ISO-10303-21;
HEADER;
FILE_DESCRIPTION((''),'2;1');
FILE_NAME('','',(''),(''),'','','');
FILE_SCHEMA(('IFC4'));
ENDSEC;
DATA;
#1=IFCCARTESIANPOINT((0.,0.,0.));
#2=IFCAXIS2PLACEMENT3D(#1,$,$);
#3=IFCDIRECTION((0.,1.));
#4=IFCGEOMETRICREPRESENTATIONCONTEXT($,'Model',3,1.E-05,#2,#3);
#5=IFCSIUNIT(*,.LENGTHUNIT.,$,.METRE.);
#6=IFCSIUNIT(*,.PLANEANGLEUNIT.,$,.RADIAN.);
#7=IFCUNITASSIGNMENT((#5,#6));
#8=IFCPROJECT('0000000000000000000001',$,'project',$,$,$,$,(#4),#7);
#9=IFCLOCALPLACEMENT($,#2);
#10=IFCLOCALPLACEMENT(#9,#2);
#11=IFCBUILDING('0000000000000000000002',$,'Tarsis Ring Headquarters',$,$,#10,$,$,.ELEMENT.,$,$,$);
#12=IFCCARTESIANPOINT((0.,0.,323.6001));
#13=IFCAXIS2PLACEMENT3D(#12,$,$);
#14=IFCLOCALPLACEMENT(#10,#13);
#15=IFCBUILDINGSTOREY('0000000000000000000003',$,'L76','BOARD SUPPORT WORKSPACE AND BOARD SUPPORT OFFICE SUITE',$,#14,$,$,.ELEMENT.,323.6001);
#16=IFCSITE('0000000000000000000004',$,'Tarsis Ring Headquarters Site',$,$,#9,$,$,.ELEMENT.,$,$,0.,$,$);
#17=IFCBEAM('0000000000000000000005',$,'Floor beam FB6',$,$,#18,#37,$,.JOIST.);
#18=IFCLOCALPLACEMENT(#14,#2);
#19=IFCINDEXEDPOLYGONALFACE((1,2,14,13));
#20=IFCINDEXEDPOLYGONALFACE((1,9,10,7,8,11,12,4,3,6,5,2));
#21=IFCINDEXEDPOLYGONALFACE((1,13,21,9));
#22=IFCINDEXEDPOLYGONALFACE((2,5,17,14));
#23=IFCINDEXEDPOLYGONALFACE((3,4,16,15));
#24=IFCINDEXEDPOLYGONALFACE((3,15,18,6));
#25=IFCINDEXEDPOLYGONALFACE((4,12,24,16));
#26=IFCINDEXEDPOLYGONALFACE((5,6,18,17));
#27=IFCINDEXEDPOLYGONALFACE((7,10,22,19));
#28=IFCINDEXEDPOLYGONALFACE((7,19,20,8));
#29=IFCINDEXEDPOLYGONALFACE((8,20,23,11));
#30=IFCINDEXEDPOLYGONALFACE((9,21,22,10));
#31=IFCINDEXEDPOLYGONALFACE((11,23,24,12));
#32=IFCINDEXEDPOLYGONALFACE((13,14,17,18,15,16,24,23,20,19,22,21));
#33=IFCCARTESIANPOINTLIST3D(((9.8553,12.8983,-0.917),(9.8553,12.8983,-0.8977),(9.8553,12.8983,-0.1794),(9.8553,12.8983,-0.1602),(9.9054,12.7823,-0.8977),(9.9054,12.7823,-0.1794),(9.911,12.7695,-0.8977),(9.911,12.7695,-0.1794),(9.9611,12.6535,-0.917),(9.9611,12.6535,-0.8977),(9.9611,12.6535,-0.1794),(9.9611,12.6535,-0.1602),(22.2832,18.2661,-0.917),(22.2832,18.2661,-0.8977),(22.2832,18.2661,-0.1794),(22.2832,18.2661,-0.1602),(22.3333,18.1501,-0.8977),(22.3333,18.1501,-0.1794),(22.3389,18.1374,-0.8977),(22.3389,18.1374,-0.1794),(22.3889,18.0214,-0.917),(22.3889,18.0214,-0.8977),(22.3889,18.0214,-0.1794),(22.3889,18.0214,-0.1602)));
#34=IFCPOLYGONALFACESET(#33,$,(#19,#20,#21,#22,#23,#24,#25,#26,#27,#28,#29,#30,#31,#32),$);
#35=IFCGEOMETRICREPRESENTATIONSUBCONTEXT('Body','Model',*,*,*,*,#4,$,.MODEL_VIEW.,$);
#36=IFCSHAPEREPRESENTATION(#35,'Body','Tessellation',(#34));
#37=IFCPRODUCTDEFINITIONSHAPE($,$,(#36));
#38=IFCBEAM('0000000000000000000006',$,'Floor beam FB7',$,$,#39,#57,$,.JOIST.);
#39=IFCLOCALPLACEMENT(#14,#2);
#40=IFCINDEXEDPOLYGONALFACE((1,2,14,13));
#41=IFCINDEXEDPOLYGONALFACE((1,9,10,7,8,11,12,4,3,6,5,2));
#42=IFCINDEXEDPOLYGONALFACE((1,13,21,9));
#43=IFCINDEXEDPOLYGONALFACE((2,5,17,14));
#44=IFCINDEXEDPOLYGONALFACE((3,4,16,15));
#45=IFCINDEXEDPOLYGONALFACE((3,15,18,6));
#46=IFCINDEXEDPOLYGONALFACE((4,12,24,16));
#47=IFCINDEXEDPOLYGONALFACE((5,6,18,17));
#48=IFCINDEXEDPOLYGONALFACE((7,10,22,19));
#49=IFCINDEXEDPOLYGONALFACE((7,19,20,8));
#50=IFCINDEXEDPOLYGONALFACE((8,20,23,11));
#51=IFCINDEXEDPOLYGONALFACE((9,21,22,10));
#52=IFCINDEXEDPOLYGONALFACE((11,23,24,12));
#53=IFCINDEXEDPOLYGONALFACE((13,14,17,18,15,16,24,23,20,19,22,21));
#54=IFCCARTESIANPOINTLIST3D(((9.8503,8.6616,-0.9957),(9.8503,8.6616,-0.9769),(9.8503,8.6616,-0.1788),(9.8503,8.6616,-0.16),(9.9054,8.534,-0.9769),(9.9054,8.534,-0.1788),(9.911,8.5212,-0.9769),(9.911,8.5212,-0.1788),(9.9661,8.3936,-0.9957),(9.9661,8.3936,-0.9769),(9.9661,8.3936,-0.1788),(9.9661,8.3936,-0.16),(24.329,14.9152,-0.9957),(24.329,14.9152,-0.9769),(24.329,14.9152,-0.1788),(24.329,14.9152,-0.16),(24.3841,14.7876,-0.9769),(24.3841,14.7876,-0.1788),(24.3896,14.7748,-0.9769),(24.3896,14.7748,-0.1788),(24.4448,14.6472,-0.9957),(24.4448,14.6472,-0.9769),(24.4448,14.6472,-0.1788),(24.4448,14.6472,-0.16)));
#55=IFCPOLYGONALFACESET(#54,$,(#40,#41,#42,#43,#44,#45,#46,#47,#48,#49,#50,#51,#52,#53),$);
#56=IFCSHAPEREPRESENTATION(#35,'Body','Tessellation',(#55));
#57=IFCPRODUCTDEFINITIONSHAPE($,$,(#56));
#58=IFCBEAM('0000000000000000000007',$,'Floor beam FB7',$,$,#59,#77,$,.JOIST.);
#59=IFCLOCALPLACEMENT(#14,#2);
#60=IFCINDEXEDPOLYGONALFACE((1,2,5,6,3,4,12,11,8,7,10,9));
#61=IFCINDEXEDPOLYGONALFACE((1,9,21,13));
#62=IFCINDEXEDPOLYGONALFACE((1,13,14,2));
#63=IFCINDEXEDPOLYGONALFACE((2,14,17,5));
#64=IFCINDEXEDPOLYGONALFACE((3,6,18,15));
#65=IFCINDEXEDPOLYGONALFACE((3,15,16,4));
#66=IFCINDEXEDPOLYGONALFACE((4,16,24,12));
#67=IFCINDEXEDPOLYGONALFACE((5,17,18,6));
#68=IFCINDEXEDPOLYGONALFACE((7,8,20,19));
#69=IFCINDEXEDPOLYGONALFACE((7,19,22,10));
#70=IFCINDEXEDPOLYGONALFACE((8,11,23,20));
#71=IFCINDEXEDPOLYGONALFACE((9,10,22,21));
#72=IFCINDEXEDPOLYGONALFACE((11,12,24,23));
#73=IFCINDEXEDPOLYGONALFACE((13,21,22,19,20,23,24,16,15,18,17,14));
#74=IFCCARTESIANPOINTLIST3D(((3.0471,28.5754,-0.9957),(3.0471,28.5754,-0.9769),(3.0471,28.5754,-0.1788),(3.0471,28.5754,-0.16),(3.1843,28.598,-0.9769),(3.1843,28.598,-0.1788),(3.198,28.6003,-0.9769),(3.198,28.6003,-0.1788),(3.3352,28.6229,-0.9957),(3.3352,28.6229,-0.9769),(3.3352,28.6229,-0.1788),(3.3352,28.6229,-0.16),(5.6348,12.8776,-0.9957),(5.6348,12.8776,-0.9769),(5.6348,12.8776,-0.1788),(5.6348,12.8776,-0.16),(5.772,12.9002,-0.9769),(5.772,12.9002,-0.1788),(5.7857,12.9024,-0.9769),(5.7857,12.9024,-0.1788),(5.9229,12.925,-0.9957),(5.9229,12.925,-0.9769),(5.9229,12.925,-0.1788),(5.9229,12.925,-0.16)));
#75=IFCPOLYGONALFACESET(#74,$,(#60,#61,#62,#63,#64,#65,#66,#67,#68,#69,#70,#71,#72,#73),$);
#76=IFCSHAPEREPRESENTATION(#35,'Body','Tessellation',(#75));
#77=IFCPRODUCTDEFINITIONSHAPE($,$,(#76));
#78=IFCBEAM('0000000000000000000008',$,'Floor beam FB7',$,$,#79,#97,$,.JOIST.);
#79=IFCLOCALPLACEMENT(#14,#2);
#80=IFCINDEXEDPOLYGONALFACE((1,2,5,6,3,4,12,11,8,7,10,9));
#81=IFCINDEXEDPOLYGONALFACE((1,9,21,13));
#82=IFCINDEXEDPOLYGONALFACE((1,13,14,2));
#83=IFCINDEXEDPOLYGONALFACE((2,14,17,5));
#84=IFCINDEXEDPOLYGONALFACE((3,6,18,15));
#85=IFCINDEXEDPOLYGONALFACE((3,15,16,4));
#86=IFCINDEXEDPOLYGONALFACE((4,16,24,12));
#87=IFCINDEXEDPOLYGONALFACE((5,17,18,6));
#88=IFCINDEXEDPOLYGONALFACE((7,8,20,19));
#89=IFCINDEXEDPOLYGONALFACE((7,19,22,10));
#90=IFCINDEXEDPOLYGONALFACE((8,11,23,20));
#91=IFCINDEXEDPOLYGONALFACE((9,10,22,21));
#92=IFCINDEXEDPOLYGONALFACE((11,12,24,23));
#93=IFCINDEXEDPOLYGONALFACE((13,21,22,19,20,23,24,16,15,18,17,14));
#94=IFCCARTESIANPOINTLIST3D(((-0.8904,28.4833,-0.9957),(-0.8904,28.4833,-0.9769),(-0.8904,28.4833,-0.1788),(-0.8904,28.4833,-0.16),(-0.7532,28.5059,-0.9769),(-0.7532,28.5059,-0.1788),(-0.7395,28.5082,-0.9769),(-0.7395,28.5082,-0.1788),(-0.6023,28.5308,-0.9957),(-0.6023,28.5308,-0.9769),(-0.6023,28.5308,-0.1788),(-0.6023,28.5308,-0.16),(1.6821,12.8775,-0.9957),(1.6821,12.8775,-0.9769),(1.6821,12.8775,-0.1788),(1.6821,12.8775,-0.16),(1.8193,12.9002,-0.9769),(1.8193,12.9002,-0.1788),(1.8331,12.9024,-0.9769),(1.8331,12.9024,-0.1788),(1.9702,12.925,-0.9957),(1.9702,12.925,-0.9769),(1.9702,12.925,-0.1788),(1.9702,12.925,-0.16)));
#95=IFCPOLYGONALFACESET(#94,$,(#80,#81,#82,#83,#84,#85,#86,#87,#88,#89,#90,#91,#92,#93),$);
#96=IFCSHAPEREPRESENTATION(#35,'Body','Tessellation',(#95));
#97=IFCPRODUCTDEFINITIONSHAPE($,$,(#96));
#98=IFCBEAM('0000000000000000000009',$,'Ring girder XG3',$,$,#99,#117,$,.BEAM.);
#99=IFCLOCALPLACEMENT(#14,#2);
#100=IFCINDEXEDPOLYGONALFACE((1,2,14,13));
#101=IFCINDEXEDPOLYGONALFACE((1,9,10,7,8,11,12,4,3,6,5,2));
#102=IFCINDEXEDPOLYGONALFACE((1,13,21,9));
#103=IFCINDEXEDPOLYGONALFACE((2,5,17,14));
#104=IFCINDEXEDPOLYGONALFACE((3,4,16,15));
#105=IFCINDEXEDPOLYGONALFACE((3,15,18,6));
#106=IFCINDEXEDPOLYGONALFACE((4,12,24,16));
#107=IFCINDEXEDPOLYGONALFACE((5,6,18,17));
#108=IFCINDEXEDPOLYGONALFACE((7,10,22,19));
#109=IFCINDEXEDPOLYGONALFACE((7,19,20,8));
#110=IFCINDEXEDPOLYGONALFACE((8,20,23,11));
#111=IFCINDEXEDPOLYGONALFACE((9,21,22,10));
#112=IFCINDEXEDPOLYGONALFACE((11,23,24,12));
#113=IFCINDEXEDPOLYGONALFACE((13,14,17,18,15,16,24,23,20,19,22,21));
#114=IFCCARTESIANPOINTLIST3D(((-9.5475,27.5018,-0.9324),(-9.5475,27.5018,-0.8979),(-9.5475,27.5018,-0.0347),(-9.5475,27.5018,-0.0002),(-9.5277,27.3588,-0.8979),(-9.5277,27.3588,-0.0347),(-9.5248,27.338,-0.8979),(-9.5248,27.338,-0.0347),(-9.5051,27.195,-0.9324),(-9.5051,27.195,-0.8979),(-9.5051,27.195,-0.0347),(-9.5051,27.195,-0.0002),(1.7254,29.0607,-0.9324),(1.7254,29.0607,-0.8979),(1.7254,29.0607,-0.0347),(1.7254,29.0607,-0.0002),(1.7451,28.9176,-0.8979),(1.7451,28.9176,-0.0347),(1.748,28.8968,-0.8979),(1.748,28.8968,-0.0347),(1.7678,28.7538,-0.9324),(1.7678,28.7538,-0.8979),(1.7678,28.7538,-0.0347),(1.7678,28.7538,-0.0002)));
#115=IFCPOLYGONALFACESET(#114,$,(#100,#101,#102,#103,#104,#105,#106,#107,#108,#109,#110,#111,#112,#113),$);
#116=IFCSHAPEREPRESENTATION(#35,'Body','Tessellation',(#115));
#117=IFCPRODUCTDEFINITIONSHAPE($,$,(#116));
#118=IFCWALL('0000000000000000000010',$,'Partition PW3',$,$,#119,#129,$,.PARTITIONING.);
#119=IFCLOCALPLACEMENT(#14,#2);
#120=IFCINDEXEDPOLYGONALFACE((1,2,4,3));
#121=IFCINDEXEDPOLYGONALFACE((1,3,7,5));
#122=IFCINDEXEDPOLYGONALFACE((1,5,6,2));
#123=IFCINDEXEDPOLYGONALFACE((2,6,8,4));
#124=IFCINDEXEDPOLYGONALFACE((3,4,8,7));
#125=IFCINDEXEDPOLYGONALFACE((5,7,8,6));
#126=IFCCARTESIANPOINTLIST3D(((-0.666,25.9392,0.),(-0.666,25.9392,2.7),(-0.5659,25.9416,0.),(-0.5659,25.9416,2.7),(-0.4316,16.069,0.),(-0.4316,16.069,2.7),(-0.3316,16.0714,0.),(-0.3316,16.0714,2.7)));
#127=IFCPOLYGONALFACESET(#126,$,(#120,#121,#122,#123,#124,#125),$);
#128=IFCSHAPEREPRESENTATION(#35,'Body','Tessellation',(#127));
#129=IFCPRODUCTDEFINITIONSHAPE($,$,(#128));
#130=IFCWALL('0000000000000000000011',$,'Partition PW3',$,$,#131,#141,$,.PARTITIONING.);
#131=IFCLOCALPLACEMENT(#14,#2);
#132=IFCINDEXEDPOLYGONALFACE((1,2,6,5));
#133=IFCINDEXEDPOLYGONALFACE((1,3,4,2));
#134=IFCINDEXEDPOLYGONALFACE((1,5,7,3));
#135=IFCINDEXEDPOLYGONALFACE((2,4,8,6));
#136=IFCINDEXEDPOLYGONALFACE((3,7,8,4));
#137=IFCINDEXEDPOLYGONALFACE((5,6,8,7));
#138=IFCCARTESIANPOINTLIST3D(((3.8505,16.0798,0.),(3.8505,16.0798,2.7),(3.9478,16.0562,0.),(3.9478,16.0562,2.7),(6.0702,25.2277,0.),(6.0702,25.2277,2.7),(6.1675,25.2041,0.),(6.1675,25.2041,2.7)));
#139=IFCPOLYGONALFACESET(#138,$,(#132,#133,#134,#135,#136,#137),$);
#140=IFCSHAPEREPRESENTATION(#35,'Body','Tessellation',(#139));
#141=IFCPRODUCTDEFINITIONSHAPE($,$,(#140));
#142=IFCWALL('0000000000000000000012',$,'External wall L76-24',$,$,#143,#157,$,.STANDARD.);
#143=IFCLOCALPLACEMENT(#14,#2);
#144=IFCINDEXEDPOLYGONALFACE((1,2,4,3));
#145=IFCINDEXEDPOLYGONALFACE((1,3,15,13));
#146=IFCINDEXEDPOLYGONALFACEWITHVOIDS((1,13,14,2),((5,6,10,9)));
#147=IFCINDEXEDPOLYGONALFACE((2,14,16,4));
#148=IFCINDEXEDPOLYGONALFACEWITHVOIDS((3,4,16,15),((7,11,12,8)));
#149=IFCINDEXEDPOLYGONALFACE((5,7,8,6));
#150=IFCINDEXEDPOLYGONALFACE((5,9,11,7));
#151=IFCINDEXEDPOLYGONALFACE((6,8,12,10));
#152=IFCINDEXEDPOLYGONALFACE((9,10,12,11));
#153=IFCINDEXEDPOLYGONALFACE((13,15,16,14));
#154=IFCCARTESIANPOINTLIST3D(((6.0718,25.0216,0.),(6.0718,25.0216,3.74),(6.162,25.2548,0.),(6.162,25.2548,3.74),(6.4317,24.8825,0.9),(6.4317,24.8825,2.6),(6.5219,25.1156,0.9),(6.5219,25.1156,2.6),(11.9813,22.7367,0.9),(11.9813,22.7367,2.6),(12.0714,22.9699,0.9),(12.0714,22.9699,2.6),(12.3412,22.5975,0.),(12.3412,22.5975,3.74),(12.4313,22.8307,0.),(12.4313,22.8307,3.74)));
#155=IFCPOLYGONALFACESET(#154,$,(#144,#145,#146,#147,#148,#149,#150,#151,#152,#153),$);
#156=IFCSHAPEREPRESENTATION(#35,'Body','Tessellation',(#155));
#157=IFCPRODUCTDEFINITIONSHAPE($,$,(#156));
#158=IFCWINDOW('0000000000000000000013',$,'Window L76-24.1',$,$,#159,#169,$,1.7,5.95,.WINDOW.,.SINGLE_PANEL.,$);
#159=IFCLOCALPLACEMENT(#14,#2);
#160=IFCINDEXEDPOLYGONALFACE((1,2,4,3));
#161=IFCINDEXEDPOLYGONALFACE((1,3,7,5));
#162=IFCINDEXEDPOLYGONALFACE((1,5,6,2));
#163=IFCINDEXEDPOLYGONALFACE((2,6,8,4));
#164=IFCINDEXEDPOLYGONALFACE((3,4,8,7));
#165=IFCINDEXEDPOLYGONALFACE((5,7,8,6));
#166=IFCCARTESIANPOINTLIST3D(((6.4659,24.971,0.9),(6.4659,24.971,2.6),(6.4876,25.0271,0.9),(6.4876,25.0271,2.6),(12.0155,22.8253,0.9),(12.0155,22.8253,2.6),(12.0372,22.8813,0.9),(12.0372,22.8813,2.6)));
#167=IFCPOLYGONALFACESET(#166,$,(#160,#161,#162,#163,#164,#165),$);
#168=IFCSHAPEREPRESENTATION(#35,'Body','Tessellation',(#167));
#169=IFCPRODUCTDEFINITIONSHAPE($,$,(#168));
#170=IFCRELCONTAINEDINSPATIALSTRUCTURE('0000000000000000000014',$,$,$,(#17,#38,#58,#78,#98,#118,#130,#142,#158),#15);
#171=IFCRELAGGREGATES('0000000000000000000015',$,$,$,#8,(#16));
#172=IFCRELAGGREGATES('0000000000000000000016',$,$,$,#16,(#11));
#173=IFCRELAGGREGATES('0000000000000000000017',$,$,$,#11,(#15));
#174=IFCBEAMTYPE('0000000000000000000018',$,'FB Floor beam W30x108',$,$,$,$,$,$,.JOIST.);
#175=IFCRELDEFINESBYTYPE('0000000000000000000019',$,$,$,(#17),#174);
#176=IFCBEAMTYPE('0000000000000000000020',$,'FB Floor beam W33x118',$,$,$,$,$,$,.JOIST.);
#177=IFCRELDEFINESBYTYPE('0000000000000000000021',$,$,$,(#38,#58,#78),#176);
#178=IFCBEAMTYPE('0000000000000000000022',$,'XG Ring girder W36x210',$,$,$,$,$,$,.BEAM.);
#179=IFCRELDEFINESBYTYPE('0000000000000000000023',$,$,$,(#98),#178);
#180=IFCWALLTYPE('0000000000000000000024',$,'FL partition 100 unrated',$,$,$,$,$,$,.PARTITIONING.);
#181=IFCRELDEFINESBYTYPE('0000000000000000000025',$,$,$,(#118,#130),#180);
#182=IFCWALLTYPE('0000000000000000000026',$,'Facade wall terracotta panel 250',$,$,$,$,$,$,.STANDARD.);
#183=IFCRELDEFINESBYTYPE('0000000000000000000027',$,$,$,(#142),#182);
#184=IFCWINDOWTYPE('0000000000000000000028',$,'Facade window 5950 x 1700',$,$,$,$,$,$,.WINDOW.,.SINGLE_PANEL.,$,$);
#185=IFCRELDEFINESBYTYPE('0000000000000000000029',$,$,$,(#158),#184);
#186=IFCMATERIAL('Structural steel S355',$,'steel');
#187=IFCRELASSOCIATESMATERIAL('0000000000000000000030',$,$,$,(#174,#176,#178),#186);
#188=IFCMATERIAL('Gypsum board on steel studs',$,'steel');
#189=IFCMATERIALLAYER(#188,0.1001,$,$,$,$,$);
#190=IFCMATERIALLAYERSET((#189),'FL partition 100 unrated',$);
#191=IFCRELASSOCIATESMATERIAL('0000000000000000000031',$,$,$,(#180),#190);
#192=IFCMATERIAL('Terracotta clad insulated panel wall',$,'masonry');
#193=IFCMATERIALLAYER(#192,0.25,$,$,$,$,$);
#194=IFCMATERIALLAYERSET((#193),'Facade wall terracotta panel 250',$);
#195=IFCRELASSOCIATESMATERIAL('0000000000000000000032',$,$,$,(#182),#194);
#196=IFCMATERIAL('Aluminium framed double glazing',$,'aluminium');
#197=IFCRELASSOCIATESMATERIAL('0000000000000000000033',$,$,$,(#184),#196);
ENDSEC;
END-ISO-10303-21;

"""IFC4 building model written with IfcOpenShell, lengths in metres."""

from ifc_helpers import new_model, si_unit, direction, frame, frame_2d, origin, origin_2d, place, context, subcontext, project, spatial, rectangle, i_section, extrude, material, layer, layer_set, material_profile, profile_set, type_object, element, fill, save


model = new_model("IFC4")

# Units and contexts
model_context = context("Model", 3, precision=1e-05, world=origin(), true_north=direction((0.0, 1.0)))
body_context = subcontext(model_context, "Body", "Model", "MODEL_VIEW")
ifc_project = project(units=[si_unit("LENGTHUNIT", "METRE"), si_unit("PLANEANGLEUNIT", "RADIAN")], contexts=[model_context])

# Site, building, storey
site_placement = place(None, origin())
site = spatial("IfcSite", under=ifc_project, at=site_placement, Name="Tarsis Ring Headquarters Site", CompositionType="ELEMENT", RefElevation=0.0)
building_placement = place(site_placement, origin())
building = spatial("IfcBuilding", under=site, at=building_placement, Name="Tarsis Ring Headquarters", CompositionType="ELEMENT")
storey_placement = place(building_placement, frame((0.0, 0.0, 323.6001)))
storey = spatial("IfcBuildingStorey", under=building, at=storey_placement, Name="L76", Description="BOARD SUPPORT WORKSPACE AND BOARD SUPPORT OFFICE SUITE", CompositionType="ELEMENT", Elevation=323.6001)

# Shared definitions
ifc_material_1 = material(Name="Structural steel S355", Category="steel")

# Beams
ifc_material_profile_1 = material_profile(ifc_material_1, i_section(OverallWidth=0.2666, OverallDepth=0.7568, WebThickness=0.0139, FlangeThickness=0.0193, at=origin_2d()), Name="W30x108")
ifc_profile_set_1 = profile_set([ifc_material_profile_1], Name="Structural steel S355")
beam_type_1 = type_object("IfcBeamType", Name="FB Floor beam W30x108", PredefinedType="JOIST", material=ifc_profile_set_1)
beam_1_placement = place(storey_placement, frame((9.9082, 12.7759, -0.5386), z_axis=(0.918028, 0.396517, 0.0), x_axis=(-0.396517, 0.918028, 0.0)))
element("IfcBeam", 1, at=beam_1_placement, inside=storey, type_object=beam_type_1, Name="Floor beam FB6", PredefinedType="JOIST", context=body_context, shape_type="SweptSolid", body=[
    extrude(i_section(OverallWidth=0.2666, OverallDepth=0.7568, WebThickness=0.0139, FlangeThickness=0.0193, at=origin_2d()), origin(), (0.0, 0.0, 1.0), 13.5376),
])
ifc_material_profile_2 = material_profile(ifc_material_1, i_section(OverallWidth=0.292, OverallDepth=0.8357, WebThickness=0.0139, FlangeThickness=0.0188, at=origin_2d()), Name="W33x118")
ifc_profile_set_2 = profile_set([ifc_material_profile_2], Name="Structural steel S355")
beam_type_2 = type_object("IfcBeamType", Name="FB Floor beam W33x118", PredefinedType="JOIST", material=ifc_profile_set_2)
beam_2_placement = place(storey_placement, frame((9.9082, 8.5276, -0.5779), z_axis=(0.918028, 0.396515, 0.0), x_axis=(-0.396515, 0.918028, 0.0)))
element("IfcBeam", 2, at=beam_2_placement, inside=storey, type_object=beam_type_2, Name="Floor beam FB7", PredefinedType="JOIST", context=body_context, shape_type="SweptSolid", body=[
    extrude(i_section(OverallWidth=0.292, OverallDepth=0.8357, WebThickness=0.0139, FlangeThickness=0.0188, at=origin_2d()), origin(), (0.0, 0.0, 1.0), 15.7715),
])
beam_3_placement = place(storey_placement, frame((3.1912, 28.5991, -0.5779), z_axis=(0.162647, -0.986684, 0.0), x_axis=(0.986684, 0.162647, 0.0)))
element("IfcBeam", 3, at=beam_3_placement, inside=storey, type_object=beam_type_2, Name="Floor beam FB7", PredefinedType="JOIST", context=body_context, shape_type="SweptSolid", body=[
    extrude(i_section(OverallWidth=0.292, OverallDepth=0.8357, WebThickness=0.0139, FlangeThickness=0.0188, at=origin_2d()), origin(), (0.0, 0.0, 1.0), 15.9097),
])
beam_4_placement = place(storey_placement, frame((-0.7463, 28.5071, -0.5779), z_axis=(0.162649, -0.986684, 0.0), x_axis=(0.986684, 0.162649, 0.0)))
element("IfcBeam", 4, at=beam_4_placement, inside=storey, type_object=beam_type_2, Name="Floor beam FB7", PredefinedType="JOIST", context=body_context, shape_type="SweptSolid", body=[
    extrude(i_section(OverallWidth=0.292, OverallDepth=0.8357, WebThickness=0.0139, FlangeThickness=0.0188, at=origin_2d()), origin(), (0.0, 0.0, 1.0), 15.8164),
])
ifc_material_profile_3 = material_profile(ifc_material_1, i_section(OverallWidth=0.3098, OverallDepth=0.9321, WebThickness=0.021, FlangeThickness=0.0344, at=origin_2d()), Name="W36x210")
ifc_profile_set_3 = profile_set([ifc_material_profile_3], Name="Structural steel S355")
beam_type_3 = type_object("IfcBeamType", Name="XG Ring girder W36x210", PredefinedType="BEAM", material=ifc_profile_set_3)
beam_5_placement = place(storey_placement, frame((1.7466, 28.9072, -0.4663), z_axis=(-0.990574, -0.136978, 0.0), x_axis=(0.136978, -0.990574, 0.0)))
element("IfcBeam", 5, at=beam_5_placement, inside=storey, type_object=beam_type_3, Name="Ring girder XG3", PredefinedType="BEAM", context=body_context, shape_type="SweptSolid", body=[
    extrude(i_section(OverallWidth=0.3098, OverallDepth=0.9321, WebThickness=0.021, FlangeThickness=0.0344, at=origin_2d()), origin(), (0.0, 0.0, 1.0), 11.3801),
])

# Walls
ifc_material_2 = material(Name="Gypsum board on steel studs", Category="steel")
ifc_layer_1 = layer(ifc_material_2, 0.1001)
ifc_layer_set_1 = layer_set([ifc_layer_1], Name="FL partition 100 unrated")
wall_type_1 = type_object("IfcWallType", Name="FL partition 100 unrated", PredefinedType="PARTITIONING", material=ifc_layer_set_1)
wall_1_placement = place(storey_placement, frame((-0.616, 25.9404, 0.0), z_axis=(0.0, 0.0, 1.0), x_axis=(0.023739, -0.999718, 0.0)))
element("IfcWall", 6, at=wall_1_placement, inside=storey, type_object=wall_type_1, Name="Partition PW3", PredefinedType="PARTITIONING", context=body_context, shape_type="SweptSolid", body=[
    extrude(rectangle(XDim=9.873, YDim=0.1001, at=frame_2d((4.9365, 0.0))), origin(), (0.0, 0.0, 1.0), 2.7),
])
wall_2_placement = place(storey_placement, frame((3.8992, 16.0681, 0.0), z_axis=(0.0, 0.0, 1.0), x_axis=(0.235805, 0.9718, 0.0)))
element("IfcWall", 7, at=wall_2_placement, inside=storey, type_object=wall_type_1, Name="Partition PW3", PredefinedType="PARTITIONING", context=body_context, shape_type="SweptSolid", body=[
    extrude(rectangle(XDim=9.4133, YDim=0.1001, at=frame_2d((4.7065, 0.0))), origin(), (0.0, 0.0, 1.0), 2.7),
])

# Wall, opening, window
ifc_material_3 = material(Name="Terracotta clad insulated panel wall", Category="masonry")
ifc_layer_2 = layer(ifc_material_3, 0.25)
ifc_layer_set_2 = layer_set([ifc_layer_2], Name="Facade wall terracotta panel 250")
wall_type_2 = type_object("IfcWallType", Name="Facade wall terracotta panel 250", PredefinedType="STANDARD", material=ifc_layer_set_2)
wall_3_placement = place(storey_placement, frame((12.3862, 22.7141, 0.0), z_axis=(0.0, 0.0, 1.0), x_axis=(-0.932706, 0.360638, 0.0)))
wall_3 = element("IfcWall", 8, at=wall_3_placement, inside=storey, type_object=wall_type_2, Name="External wall L76-24", PredefinedType="STANDARD", context=body_context, shape_type="SweptSolid", body=[
    extrude(rectangle(XDim=6.7217, YDim=0.25, at=frame_2d((3.3608, 0.0))), origin(), (0.0, 0.0, 1.0), 3.74),
])
opening_1_placement = place(wall_3_placement, frame((0.3857, 0.0, 0.8999)))
opening_1 = element("IfcOpeningElement", 9, at=opening_1_placement, cuts=wall_3, PredefinedType="OPENING", context=body_context, shape_type="SweptSolid", body=[
    extrude(rectangle(XDim=5.95, YDim=1.7, at=frame_2d((2.9751, 0.8501))), frame((0.0, 0.135, 0.0), z_axis=(0.0, -1.0, 0.0), x_axis=(1.0, 0.0, 0.0)), (0.0, 0.0, 1.0), 0.27),
])
ifc_material_4 = material(Name="Aluminium framed double glazing", Category="aluminium")
window_type = type_object("IfcWindowType", Name="Facade window 5950 x 1700", PartitioningType="SINGLE_PANEL", PredefinedType="WINDOW", material=ifc_material_4)
window_1_placement = place(opening_1_placement, origin())
window_1 = element("IfcWindow", 10, at=window_1_placement, inside=storey, type_object=window_type, Name="Window L76-24.1", OverallHeight=1.7, OverallWidth=5.95, PartitioningType="SINGLE_PANEL", PredefinedType="WINDOW", context=body_context, shape_type="SweptSolid", body=[
    extrude(rectangle(XDim=5.95, YDim=1.7, at=frame_2d((2.9751, 0.8501))), frame((0.0, 0.03, 0.0), z_axis=(0.0, -1.0, 0.0), x_axis=(1.0, 0.0, 0.0)), (0.0, 0.0, 1.0), 0.0601),
])
fill(opening_1, window_1)

save(model, "model.ifc")
